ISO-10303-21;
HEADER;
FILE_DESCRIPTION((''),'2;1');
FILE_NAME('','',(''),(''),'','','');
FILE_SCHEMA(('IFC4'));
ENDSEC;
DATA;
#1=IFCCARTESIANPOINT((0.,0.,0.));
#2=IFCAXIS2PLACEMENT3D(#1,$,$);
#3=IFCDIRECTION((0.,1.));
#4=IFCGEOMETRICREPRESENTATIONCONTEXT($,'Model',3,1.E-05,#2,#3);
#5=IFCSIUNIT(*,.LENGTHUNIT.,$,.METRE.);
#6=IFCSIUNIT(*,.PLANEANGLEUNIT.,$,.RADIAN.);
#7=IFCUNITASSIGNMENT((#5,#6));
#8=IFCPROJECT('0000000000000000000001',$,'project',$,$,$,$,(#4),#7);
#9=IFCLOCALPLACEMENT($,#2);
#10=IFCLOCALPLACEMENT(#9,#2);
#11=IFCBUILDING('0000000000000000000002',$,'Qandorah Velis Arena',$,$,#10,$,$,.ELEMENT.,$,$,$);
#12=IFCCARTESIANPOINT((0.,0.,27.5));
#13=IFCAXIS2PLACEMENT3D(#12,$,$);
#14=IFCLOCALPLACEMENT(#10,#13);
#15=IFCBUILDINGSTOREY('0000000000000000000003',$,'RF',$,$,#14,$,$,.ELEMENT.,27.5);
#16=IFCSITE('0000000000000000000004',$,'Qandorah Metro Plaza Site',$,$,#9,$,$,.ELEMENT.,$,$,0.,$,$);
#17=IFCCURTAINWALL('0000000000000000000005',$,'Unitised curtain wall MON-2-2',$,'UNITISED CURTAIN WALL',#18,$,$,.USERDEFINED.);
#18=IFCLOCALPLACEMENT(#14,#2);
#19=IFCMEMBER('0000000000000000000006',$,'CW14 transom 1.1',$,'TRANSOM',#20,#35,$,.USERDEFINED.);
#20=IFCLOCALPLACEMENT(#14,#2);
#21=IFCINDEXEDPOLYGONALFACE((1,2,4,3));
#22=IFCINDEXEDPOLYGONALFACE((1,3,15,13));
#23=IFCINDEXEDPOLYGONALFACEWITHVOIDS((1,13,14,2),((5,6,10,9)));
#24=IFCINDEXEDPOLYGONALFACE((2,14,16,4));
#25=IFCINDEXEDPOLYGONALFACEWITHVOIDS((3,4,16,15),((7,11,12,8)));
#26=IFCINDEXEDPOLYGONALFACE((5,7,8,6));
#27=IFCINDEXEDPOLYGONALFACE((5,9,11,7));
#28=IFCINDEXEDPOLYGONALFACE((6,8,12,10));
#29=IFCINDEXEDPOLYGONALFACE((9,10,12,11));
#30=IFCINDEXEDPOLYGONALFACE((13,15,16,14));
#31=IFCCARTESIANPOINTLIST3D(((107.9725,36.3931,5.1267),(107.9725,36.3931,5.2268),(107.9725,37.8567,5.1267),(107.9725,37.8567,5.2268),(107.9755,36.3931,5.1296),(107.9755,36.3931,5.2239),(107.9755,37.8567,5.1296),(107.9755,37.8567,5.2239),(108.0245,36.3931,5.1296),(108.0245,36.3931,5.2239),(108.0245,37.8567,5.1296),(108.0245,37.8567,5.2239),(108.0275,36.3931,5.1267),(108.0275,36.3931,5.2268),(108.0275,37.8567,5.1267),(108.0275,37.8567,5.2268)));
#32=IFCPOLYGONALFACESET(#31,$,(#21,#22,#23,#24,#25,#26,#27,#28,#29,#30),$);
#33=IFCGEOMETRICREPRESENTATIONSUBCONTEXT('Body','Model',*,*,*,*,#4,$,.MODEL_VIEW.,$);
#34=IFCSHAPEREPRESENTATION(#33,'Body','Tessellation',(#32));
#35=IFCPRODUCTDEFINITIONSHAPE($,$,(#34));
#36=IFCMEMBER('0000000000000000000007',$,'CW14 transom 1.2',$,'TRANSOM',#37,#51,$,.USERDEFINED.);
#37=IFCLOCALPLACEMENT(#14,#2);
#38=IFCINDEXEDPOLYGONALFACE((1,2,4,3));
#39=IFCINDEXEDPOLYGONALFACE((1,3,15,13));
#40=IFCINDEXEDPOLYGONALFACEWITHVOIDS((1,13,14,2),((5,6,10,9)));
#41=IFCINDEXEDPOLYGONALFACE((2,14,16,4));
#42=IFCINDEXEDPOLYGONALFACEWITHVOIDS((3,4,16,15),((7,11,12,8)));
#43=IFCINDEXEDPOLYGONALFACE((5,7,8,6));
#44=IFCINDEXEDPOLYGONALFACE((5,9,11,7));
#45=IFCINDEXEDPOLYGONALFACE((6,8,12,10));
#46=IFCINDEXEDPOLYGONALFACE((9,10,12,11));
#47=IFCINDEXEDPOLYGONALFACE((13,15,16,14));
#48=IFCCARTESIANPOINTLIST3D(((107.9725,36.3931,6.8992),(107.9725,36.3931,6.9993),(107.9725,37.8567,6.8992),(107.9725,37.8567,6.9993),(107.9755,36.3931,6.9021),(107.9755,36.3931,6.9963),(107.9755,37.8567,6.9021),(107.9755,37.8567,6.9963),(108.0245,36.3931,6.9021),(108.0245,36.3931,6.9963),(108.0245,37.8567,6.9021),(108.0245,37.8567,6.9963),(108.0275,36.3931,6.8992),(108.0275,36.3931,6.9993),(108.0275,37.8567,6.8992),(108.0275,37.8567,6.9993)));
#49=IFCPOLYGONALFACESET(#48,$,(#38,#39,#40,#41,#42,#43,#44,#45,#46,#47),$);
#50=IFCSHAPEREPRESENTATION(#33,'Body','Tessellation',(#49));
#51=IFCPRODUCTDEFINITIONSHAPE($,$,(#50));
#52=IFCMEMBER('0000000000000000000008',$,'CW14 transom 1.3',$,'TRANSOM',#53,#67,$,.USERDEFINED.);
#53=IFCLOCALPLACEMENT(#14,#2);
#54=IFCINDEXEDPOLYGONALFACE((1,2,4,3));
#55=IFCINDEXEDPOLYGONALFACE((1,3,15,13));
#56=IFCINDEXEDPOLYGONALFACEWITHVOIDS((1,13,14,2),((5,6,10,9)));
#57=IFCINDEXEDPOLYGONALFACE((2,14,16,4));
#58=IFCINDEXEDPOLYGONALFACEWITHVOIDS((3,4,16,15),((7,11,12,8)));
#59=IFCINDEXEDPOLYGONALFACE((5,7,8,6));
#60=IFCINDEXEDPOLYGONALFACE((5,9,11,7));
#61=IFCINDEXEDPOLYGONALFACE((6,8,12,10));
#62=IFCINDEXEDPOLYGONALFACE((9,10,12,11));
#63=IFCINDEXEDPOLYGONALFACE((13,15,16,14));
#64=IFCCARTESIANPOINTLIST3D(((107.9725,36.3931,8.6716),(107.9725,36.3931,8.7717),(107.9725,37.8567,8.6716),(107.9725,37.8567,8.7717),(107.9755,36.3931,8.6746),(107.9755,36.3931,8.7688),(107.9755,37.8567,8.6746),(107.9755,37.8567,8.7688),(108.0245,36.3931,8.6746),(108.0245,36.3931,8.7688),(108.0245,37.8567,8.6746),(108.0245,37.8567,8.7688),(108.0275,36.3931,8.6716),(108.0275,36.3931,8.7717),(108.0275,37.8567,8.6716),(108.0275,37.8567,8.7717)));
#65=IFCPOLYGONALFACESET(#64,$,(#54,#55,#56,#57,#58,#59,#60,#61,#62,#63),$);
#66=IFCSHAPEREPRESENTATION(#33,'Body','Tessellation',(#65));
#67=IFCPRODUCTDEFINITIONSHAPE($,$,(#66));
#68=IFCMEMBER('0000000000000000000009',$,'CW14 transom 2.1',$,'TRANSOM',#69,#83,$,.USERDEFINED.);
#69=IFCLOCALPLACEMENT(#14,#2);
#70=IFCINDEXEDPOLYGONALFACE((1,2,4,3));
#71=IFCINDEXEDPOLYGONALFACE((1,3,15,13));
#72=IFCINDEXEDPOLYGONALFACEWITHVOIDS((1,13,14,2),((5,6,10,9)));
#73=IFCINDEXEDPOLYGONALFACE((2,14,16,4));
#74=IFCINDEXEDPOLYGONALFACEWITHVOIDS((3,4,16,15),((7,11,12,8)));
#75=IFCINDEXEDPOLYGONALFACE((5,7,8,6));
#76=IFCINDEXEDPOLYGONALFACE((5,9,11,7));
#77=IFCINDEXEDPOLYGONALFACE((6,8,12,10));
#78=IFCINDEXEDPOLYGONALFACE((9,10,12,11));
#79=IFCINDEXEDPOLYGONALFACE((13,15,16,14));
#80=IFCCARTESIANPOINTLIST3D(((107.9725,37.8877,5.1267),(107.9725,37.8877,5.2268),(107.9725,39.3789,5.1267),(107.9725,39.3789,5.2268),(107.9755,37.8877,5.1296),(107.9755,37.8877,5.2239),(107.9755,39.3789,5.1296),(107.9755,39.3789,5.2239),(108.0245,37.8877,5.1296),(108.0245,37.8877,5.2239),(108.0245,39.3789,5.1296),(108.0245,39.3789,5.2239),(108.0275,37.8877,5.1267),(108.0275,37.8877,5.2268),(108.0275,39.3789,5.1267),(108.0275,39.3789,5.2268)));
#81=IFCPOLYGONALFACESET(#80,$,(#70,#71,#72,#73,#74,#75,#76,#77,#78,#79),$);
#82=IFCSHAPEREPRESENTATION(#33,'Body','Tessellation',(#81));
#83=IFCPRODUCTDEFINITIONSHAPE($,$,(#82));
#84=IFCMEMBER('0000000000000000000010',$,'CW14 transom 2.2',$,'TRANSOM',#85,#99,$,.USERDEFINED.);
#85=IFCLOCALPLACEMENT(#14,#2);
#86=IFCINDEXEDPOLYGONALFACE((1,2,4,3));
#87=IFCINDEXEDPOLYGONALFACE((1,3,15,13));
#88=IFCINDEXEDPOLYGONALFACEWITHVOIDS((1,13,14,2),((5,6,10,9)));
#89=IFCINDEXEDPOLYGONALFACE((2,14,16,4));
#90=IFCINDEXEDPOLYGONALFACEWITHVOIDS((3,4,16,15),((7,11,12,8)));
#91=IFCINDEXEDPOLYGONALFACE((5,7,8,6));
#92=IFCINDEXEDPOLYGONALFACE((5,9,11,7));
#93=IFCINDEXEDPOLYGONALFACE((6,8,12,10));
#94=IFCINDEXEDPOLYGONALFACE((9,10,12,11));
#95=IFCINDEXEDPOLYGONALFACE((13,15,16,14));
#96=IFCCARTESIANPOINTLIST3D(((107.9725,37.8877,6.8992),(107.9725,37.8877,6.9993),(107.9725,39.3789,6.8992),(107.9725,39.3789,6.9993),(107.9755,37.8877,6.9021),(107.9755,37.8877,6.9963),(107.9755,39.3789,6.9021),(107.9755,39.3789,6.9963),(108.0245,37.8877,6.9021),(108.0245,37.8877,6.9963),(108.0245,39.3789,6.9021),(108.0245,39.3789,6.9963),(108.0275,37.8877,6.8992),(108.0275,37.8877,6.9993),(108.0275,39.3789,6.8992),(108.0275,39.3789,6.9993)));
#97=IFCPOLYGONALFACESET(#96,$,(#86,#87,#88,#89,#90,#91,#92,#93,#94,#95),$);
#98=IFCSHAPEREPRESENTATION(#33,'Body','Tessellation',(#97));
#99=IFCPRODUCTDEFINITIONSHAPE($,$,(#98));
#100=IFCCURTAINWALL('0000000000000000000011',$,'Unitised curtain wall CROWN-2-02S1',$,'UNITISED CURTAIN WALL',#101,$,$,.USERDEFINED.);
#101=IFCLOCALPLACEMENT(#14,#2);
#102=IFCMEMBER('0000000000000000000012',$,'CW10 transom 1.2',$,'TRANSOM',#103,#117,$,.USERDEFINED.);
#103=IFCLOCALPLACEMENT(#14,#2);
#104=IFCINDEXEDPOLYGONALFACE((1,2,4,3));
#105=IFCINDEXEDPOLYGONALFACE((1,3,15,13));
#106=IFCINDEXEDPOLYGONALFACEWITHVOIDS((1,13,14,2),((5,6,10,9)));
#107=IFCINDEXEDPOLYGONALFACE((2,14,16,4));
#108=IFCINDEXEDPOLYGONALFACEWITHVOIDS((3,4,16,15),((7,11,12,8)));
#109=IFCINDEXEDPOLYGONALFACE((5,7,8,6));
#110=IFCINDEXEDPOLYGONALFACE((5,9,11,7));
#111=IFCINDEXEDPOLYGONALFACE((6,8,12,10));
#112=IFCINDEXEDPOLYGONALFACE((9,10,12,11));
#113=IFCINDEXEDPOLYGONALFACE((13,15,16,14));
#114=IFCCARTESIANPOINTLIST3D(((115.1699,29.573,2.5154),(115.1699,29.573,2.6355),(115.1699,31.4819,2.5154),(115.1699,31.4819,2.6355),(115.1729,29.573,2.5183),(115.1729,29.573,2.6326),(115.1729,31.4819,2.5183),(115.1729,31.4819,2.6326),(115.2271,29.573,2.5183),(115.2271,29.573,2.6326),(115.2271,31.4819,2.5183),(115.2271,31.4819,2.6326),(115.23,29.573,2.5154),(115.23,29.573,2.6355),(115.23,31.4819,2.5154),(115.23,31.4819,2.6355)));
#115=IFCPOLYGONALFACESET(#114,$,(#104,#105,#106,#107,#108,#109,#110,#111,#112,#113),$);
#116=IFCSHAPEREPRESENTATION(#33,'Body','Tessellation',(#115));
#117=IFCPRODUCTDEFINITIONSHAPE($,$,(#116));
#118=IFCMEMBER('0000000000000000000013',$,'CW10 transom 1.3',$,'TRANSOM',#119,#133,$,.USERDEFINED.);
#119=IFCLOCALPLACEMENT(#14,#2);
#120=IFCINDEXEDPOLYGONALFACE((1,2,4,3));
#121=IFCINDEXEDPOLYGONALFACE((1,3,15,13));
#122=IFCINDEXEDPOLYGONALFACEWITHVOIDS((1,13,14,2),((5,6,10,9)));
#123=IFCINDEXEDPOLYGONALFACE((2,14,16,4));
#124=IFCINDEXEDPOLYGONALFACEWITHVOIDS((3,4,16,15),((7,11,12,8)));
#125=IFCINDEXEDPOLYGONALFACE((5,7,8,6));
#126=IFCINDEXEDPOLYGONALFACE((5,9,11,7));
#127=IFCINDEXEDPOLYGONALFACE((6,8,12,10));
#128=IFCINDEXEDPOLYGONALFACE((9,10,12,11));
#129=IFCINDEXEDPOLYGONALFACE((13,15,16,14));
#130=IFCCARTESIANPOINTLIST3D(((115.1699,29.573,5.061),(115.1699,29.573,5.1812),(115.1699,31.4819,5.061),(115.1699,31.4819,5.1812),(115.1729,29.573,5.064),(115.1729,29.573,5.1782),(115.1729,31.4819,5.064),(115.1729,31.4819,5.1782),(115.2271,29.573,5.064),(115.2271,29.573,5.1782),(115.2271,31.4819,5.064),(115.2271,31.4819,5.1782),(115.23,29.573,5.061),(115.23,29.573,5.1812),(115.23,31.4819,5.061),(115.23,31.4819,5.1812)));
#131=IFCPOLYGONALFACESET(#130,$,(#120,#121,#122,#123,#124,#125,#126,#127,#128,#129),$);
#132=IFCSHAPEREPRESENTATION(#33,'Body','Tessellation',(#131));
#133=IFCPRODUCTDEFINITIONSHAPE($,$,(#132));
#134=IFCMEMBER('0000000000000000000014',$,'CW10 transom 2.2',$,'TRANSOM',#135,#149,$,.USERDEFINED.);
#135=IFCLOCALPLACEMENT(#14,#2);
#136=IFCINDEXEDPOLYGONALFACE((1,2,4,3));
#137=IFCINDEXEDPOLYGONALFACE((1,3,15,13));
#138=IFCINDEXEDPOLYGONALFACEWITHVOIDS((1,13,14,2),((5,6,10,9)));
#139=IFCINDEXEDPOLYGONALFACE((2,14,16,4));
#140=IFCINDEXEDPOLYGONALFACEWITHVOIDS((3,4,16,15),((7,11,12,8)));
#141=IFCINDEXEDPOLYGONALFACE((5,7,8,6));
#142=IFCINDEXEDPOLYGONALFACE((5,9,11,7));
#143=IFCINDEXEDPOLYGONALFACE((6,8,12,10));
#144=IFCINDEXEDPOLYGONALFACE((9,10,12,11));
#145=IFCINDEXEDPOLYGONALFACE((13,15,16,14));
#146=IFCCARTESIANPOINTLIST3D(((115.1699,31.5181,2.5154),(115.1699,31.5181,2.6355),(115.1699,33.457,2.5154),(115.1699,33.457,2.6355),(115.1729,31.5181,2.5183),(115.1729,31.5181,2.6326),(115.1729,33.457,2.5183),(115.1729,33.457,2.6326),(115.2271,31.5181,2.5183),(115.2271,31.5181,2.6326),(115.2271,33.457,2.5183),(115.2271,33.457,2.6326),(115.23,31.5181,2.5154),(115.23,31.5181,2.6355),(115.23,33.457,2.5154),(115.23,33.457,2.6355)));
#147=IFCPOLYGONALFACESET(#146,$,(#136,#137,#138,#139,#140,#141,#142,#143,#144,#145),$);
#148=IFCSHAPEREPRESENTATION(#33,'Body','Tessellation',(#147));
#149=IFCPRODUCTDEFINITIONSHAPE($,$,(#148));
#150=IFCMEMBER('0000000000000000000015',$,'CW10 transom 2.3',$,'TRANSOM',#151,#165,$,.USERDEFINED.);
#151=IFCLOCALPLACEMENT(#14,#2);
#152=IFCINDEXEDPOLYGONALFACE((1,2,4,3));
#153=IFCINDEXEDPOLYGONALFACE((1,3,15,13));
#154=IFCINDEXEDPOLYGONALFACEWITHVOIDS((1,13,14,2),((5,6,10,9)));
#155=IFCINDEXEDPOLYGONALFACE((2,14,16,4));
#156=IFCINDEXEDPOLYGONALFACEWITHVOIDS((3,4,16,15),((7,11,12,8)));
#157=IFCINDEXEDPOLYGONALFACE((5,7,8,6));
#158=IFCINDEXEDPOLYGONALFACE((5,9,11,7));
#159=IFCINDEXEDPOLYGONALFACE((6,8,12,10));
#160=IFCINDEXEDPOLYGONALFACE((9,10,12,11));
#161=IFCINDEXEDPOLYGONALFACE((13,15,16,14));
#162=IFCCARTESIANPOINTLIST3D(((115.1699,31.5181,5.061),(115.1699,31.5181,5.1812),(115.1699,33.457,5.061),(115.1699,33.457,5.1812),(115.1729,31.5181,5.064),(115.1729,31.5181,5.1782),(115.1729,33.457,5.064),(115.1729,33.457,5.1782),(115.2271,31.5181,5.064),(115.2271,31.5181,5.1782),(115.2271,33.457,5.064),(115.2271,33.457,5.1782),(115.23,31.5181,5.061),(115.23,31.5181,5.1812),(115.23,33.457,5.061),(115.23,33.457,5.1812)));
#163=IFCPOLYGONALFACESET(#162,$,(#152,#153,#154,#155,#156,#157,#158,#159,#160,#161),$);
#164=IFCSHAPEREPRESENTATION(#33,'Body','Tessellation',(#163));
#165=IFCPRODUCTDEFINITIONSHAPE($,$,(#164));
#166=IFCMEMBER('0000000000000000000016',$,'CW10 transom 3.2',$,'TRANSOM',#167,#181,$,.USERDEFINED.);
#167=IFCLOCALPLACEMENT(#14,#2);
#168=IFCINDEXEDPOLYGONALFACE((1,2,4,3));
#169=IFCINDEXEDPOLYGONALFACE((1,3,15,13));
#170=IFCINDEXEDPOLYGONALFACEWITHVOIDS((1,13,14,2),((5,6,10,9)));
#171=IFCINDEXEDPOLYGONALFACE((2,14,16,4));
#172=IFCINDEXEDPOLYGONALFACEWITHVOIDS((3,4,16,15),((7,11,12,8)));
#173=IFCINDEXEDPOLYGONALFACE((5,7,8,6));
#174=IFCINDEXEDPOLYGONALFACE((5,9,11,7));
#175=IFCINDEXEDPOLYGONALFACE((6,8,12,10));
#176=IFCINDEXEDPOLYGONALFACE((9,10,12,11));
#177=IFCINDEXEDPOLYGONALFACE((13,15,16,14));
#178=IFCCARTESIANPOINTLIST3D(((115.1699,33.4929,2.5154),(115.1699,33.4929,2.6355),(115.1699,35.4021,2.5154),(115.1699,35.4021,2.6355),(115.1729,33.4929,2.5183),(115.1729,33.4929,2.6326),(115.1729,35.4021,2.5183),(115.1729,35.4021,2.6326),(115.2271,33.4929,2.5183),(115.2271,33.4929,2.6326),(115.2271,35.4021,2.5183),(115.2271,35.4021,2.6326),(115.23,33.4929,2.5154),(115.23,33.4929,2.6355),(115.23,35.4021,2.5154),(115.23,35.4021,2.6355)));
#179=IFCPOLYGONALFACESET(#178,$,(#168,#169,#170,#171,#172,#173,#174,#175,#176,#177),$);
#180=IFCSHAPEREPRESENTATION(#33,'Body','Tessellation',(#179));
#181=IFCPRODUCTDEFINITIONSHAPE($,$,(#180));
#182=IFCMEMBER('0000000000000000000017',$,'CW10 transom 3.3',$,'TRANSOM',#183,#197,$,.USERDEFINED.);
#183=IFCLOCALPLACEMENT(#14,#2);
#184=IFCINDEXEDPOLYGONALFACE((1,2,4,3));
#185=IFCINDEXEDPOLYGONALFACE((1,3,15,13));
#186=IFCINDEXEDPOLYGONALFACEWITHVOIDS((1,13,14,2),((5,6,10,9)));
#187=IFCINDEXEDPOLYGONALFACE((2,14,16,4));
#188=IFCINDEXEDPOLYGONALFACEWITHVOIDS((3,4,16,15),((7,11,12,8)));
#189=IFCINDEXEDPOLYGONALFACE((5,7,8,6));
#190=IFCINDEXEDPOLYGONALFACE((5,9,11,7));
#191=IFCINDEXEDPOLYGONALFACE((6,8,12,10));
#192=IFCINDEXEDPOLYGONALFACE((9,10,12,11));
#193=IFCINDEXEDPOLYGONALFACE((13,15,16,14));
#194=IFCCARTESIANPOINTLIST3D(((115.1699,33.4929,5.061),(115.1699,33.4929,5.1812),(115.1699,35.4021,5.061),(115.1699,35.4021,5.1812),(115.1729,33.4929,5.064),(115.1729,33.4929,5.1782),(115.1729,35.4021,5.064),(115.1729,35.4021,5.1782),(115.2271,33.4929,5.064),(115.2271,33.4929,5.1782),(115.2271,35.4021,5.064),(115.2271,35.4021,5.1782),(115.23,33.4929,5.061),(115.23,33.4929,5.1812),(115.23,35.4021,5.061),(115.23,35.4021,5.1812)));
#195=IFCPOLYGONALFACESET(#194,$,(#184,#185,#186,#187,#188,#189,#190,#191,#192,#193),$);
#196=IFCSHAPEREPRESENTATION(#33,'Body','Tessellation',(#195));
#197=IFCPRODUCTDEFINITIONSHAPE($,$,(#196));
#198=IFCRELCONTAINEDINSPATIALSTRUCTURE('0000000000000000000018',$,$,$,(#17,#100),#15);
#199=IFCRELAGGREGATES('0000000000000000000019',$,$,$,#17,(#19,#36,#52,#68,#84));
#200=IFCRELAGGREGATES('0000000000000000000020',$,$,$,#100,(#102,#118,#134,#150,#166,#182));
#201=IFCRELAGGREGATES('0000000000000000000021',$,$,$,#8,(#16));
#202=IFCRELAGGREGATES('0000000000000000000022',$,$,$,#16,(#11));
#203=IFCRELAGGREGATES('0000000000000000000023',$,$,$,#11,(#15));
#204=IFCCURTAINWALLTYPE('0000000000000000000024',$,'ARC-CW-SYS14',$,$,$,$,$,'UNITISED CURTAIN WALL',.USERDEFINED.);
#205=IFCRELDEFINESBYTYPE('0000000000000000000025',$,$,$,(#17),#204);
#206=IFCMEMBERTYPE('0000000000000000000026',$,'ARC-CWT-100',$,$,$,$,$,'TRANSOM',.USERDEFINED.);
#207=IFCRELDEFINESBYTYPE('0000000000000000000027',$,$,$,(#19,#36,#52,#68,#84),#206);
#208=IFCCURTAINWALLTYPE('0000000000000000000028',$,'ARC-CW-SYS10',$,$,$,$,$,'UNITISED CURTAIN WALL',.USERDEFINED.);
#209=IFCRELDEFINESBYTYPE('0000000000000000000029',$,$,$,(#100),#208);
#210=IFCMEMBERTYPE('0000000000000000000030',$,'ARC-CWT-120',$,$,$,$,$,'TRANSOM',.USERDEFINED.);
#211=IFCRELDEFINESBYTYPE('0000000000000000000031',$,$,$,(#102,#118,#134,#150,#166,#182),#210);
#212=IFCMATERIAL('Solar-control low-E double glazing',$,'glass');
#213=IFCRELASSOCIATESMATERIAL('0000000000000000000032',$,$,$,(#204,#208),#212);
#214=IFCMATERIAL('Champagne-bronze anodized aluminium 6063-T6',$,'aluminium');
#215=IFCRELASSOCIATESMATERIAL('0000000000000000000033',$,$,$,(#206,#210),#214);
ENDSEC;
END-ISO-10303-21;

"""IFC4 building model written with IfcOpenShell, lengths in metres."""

from ifc_helpers import new_model, si_unit, direction, frame, origin, origin_2d, place, context, subcontext, project, spatial, hollow_rectangle, extrude, material, material_profile, profile_set, type_object, element, aggregate, save


model = new_model("IFC4")

# Units and contexts
model_context = context("Model", 3, precision=1e-05, world=origin(), true_north=direction((0.0, 1.0)))
body_context = subcontext(model_context, "Body", "Model", "MODEL_VIEW")
ifc_project = project(units=[si_unit("LENGTHUNIT", "METRE"), si_unit("PLANEANGLEUNIT", "RADIAN")], contexts=[model_context])

# Site, building, storey
site_placement = place(None, origin())
site = spatial("IfcSite", under=ifc_project, at=site_placement, Name="Qandorah Metro Plaza Site", CompositionType="ELEMENT", RefElevation=0.0)
building_placement = place(site_placement, origin())
building = spatial("IfcBuilding", under=site, at=building_placement, Name="Qandorah Velis Arena", CompositionType="ELEMENT")
storey_placement = place(building_placement, frame((0.0, 0.0, 27.5)))
storey = spatial("IfcBuildingStorey", under=building, at=storey_placement, Name="RF", CompositionType="ELEMENT", Elevation=27.5)

# Curtain wall
ifc_material_1 = material(Name="Solar-control low-E double glazing", Category="glass")
ifc_material_2 = material(Name="Champagne-bronze anodized aluminium 6063-T6", Category="aluminium")
curtain_wall_type_1 = type_object("IfcCurtainWallType", Name="ARC-CW-SYS14", ElementType="UNITISED CURTAIN WALL", PredefinedType="USERDEFINED", material=ifc_material_1)
curtain_wall_1_placement = place(storey_placement, origin())
curtain_wall_1 = element("IfcCurtainWall", 1, at=curtain_wall_1_placement, inside=storey, type_object=curtain_wall_type_1, Name="Unitised curtain wall MON-2-2", ObjectType="UNITISED CURTAIN WALL", PredefinedType="USERDEFINED")

# Members
ifc_material_profile_1 = material_profile(ifc_material_2, hollow_rectangle(XDim=0.0549, YDim=0.1001, WallThickness=0.0029, at=origin_2d()), Name="ALU TRANSOM 55x100")
ifc_profile_set_1 = profile_set([ifc_material_profile_1], Name="Champagne-bronze anodized aluminium 6063-T6")
member_type_1 = type_object("IfcMemberType", Name="ARC-CWT-100", ElementType="TRANSOM", PredefinedType="USERDEFINED", material=ifc_profile_set_1)
member_1_placement = place(storey_placement, frame((108.0, 36.3931, 5.1768), z_axis=(0.0, 1.0, 0.0), x_axis=(-1.0, 0.0, 0.0)))
member_1 = element("IfcMember", 2, at=member_1_placement, type_object=member_type_1, Name="CW14 transom 1.1", ObjectType="TRANSOM", PredefinedType="USERDEFINED", context=body_context, shape_type="SweptSolid", body=[
    extrude(hollow_rectangle(XDim=0.0549, YDim=0.1001, WallThickness=0.0029, at=origin_2d()), origin(), (0.0, 0.0, 1.0), 1.4636),
])
member_2_placement = place(storey_placement, frame((108.0, 36.3931, 6.9492), z_axis=(0.0, 1.0, 0.0), x_axis=(-1.0, 0.0, 0.0)))
member_2 = element("IfcMember", 3, at=member_2_placement, type_object=member_type_1, Name="CW14 transom 1.2", ObjectType="TRANSOM", PredefinedType="USERDEFINED", context=body_context, shape_type="SweptSolid", body=[
    extrude(hollow_rectangle(XDim=0.0549, YDim=0.1001, WallThickness=0.0029, at=origin_2d()), origin(), (0.0, 0.0, 1.0), 1.4636),
])
member_3_placement = place(storey_placement, frame((108.0, 36.3931, 8.7217), z_axis=(0.0, 1.0, 0.0), x_axis=(-1.0, 0.0, 0.0)))
member_3 = element("IfcMember", 4, at=member_3_placement, type_object=member_type_1, Name="CW14 transom 1.3", ObjectType="TRANSOM", PredefinedType="USERDEFINED", context=body_context, shape_type="SweptSolid", body=[
    extrude(hollow_rectangle(XDim=0.0549, YDim=0.1001, WallThickness=0.0029, at=origin_2d()), origin(), (0.0, 0.0, 1.0), 1.4636),
])
member_4_placement = place(storey_placement, frame((108.0, 37.8877, 5.1768), z_axis=(0.0, 1.0, 0.0), x_axis=(-1.0, 0.0, 0.0)))
member_4 = element("IfcMember", 5, at=member_4_placement, type_object=member_type_1, Name="CW14 transom 2.1", ObjectType="TRANSOM", PredefinedType="USERDEFINED", context=body_context, shape_type="SweptSolid", body=[
    extrude(hollow_rectangle(XDim=0.0549, YDim=0.1001, WallThickness=0.0029, at=origin_2d()), origin(), (0.0, 0.0, 1.0), 1.4912),
])
member_5_placement = place(storey_placement, frame((108.0, 37.8877, 6.9492), z_axis=(0.0, 1.0, 0.0), x_axis=(-1.0, 0.0, 0.0)))
member_5 = element("IfcMember", 6, at=member_5_placement, type_object=member_type_1, Name="CW14 transom 2.2", ObjectType="TRANSOM", PredefinedType="USERDEFINED", context=body_context, shape_type="SweptSolid", body=[
    extrude(hollow_rectangle(XDim=0.0549, YDim=0.1001, WallThickness=0.0029, at=origin_2d()), origin(), (0.0, 0.0, 1.0), 1.4912),
])

# Curtain wall, members
curtain_wall_type_2 = type_object("IfcCurtainWallType", Name="ARC-CW-SYS10", ElementType="UNITISED CURTAIN WALL", PredefinedType="USERDEFINED", material=ifc_material_1)
curtain_wall_2_placement = place(storey_placement, origin())
curtain_wall_2 = element("IfcCurtainWall", 7, at=curtain_wall_2_placement, inside=storey, type_object=curtain_wall_type_2, Name="Unitised curtain wall CROWN-2-02S1", ObjectType="UNITISED CURTAIN WALL", PredefinedType="USERDEFINED")
ifc_material_profile_2 = material_profile(ifc_material_2, hollow_rectangle(XDim=0.0601, YDim=0.1201, WallThickness=0.0029, at=origin_2d()), Name="ALU TRANSOM 60x120")
ifc_profile_set_2 = profile_set([ifc_material_profile_2], Name="Champagne-bronze anodized aluminium 6063-T6")
member_type_2 = type_object("IfcMemberType", Name="ARC-CWT-120", ElementType="TRANSOM", PredefinedType="USERDEFINED", material=ifc_profile_set_2)
member_6_placement = place(storey_placement, frame((115.2, 29.573, 2.5754), z_axis=(0.0, 1.0, 0.0), x_axis=(-1.0, 0.0, 0.0)))
member_6 = element("IfcMember", 8, at=member_6_placement, type_object=member_type_2, Name="CW10 transom 1.2", ObjectType="TRANSOM", PredefinedType="USERDEFINED", context=body_context, shape_type="SweptSolid", body=[
    extrude(hollow_rectangle(XDim=0.0601, YDim=0.1201, WallThickness=0.0029, at=origin_2d()), origin(), (0.0, 0.0, 1.0), 1.9089),
])
member_7_placement = place(storey_placement, frame((115.2, 29.573, 5.1211), z_axis=(0.0, 1.0, 0.0), x_axis=(-1.0, 0.0, 0.0)))
member_7 = element("IfcMember", 9, at=member_7_placement, type_object=member_type_2, Name="CW10 transom 1.3", ObjectType="TRANSOM", PredefinedType="USERDEFINED", context=body_context, shape_type="SweptSolid", body=[
    extrude(hollow_rectangle(XDim=0.0601, YDim=0.1201, WallThickness=0.0029, at=origin_2d()), origin(), (0.0, 0.0, 1.0), 1.9089),
])
member_8_placement = place(storey_placement, frame((115.2, 31.5181, 2.5754), z_axis=(0.0, 1.0, 0.0), x_axis=(-1.0, 0.0, 0.0)))
member_8 = element("IfcMember", 10, at=member_8_placement, type_object=member_type_2, Name="CW10 transom 2.2", ObjectType="TRANSOM", PredefinedType="USERDEFINED", context=body_context, shape_type="SweptSolid", body=[
    extrude(hollow_rectangle(XDim=0.0601, YDim=0.1201, WallThickness=0.0029, at=origin_2d()), origin(), (0.0, 0.0, 1.0), 1.939),
])
member_9_placement = place(storey_placement, frame((115.2, 31.5181, 5.1211), z_axis=(0.0, 1.0, 0.0), x_axis=(-1.0, 0.0, 0.0)))
member_9 = element("IfcMember", 11, at=member_9_placement, type_object=member_type_2, Name="CW10 transom 2.3", ObjectType="TRANSOM", PredefinedType="USERDEFINED", context=body_context, shape_type="SweptSolid", body=[
    extrude(hollow_rectangle(XDim=0.0601, YDim=0.1201, WallThickness=0.0029, at=origin_2d()), origin(), (0.0, 0.0, 1.0), 1.939),
])
member_10_placement = place(storey_placement, frame((115.2, 33.4929, 2.5754), z_axis=(0.0, 1.0, 0.0), x_axis=(-1.0, 0.0, 0.0)))
member_10 = element("IfcMember", 12, at=member_10_placement, type_object=member_type_2, Name="CW10 transom 3.2", ObjectType="TRANSOM", PredefinedType="USERDEFINED", context=body_context, shape_type="SweptSolid", body=[
    extrude(hollow_rectangle(XDim=0.0601, YDim=0.1201, WallThickness=0.0029, at=origin_2d()), origin(), (0.0, 0.0, 1.0), 1.9092),
])
member_11_placement = place(storey_placement, frame((115.2, 33.4929, 5.1211), z_axis=(0.0, 1.0, 0.0), x_axis=(-1.0, 0.0, 0.0)))
member_11 = element("IfcMember", 13, at=member_11_placement, type_object=member_type_2, Name="CW10 transom 3.3", ObjectType="TRANSOM", PredefinedType="USERDEFINED", context=body_context, shape_type="SweptSolid", body=[
    extrude(hollow_rectangle(XDim=0.0601, YDim=0.1201, WallThickness=0.0029, at=origin_2d()), origin(), (0.0, 0.0, 1.0), 1.9092),
])

aggregate(curtain_wall_1, [member_1, member_2, member_3, member_4, member_5])
aggregate(curtain_wall_2, [member_6, member_7, member_8, member_9, member_10, member_11])

save(model, "model.ifc")
